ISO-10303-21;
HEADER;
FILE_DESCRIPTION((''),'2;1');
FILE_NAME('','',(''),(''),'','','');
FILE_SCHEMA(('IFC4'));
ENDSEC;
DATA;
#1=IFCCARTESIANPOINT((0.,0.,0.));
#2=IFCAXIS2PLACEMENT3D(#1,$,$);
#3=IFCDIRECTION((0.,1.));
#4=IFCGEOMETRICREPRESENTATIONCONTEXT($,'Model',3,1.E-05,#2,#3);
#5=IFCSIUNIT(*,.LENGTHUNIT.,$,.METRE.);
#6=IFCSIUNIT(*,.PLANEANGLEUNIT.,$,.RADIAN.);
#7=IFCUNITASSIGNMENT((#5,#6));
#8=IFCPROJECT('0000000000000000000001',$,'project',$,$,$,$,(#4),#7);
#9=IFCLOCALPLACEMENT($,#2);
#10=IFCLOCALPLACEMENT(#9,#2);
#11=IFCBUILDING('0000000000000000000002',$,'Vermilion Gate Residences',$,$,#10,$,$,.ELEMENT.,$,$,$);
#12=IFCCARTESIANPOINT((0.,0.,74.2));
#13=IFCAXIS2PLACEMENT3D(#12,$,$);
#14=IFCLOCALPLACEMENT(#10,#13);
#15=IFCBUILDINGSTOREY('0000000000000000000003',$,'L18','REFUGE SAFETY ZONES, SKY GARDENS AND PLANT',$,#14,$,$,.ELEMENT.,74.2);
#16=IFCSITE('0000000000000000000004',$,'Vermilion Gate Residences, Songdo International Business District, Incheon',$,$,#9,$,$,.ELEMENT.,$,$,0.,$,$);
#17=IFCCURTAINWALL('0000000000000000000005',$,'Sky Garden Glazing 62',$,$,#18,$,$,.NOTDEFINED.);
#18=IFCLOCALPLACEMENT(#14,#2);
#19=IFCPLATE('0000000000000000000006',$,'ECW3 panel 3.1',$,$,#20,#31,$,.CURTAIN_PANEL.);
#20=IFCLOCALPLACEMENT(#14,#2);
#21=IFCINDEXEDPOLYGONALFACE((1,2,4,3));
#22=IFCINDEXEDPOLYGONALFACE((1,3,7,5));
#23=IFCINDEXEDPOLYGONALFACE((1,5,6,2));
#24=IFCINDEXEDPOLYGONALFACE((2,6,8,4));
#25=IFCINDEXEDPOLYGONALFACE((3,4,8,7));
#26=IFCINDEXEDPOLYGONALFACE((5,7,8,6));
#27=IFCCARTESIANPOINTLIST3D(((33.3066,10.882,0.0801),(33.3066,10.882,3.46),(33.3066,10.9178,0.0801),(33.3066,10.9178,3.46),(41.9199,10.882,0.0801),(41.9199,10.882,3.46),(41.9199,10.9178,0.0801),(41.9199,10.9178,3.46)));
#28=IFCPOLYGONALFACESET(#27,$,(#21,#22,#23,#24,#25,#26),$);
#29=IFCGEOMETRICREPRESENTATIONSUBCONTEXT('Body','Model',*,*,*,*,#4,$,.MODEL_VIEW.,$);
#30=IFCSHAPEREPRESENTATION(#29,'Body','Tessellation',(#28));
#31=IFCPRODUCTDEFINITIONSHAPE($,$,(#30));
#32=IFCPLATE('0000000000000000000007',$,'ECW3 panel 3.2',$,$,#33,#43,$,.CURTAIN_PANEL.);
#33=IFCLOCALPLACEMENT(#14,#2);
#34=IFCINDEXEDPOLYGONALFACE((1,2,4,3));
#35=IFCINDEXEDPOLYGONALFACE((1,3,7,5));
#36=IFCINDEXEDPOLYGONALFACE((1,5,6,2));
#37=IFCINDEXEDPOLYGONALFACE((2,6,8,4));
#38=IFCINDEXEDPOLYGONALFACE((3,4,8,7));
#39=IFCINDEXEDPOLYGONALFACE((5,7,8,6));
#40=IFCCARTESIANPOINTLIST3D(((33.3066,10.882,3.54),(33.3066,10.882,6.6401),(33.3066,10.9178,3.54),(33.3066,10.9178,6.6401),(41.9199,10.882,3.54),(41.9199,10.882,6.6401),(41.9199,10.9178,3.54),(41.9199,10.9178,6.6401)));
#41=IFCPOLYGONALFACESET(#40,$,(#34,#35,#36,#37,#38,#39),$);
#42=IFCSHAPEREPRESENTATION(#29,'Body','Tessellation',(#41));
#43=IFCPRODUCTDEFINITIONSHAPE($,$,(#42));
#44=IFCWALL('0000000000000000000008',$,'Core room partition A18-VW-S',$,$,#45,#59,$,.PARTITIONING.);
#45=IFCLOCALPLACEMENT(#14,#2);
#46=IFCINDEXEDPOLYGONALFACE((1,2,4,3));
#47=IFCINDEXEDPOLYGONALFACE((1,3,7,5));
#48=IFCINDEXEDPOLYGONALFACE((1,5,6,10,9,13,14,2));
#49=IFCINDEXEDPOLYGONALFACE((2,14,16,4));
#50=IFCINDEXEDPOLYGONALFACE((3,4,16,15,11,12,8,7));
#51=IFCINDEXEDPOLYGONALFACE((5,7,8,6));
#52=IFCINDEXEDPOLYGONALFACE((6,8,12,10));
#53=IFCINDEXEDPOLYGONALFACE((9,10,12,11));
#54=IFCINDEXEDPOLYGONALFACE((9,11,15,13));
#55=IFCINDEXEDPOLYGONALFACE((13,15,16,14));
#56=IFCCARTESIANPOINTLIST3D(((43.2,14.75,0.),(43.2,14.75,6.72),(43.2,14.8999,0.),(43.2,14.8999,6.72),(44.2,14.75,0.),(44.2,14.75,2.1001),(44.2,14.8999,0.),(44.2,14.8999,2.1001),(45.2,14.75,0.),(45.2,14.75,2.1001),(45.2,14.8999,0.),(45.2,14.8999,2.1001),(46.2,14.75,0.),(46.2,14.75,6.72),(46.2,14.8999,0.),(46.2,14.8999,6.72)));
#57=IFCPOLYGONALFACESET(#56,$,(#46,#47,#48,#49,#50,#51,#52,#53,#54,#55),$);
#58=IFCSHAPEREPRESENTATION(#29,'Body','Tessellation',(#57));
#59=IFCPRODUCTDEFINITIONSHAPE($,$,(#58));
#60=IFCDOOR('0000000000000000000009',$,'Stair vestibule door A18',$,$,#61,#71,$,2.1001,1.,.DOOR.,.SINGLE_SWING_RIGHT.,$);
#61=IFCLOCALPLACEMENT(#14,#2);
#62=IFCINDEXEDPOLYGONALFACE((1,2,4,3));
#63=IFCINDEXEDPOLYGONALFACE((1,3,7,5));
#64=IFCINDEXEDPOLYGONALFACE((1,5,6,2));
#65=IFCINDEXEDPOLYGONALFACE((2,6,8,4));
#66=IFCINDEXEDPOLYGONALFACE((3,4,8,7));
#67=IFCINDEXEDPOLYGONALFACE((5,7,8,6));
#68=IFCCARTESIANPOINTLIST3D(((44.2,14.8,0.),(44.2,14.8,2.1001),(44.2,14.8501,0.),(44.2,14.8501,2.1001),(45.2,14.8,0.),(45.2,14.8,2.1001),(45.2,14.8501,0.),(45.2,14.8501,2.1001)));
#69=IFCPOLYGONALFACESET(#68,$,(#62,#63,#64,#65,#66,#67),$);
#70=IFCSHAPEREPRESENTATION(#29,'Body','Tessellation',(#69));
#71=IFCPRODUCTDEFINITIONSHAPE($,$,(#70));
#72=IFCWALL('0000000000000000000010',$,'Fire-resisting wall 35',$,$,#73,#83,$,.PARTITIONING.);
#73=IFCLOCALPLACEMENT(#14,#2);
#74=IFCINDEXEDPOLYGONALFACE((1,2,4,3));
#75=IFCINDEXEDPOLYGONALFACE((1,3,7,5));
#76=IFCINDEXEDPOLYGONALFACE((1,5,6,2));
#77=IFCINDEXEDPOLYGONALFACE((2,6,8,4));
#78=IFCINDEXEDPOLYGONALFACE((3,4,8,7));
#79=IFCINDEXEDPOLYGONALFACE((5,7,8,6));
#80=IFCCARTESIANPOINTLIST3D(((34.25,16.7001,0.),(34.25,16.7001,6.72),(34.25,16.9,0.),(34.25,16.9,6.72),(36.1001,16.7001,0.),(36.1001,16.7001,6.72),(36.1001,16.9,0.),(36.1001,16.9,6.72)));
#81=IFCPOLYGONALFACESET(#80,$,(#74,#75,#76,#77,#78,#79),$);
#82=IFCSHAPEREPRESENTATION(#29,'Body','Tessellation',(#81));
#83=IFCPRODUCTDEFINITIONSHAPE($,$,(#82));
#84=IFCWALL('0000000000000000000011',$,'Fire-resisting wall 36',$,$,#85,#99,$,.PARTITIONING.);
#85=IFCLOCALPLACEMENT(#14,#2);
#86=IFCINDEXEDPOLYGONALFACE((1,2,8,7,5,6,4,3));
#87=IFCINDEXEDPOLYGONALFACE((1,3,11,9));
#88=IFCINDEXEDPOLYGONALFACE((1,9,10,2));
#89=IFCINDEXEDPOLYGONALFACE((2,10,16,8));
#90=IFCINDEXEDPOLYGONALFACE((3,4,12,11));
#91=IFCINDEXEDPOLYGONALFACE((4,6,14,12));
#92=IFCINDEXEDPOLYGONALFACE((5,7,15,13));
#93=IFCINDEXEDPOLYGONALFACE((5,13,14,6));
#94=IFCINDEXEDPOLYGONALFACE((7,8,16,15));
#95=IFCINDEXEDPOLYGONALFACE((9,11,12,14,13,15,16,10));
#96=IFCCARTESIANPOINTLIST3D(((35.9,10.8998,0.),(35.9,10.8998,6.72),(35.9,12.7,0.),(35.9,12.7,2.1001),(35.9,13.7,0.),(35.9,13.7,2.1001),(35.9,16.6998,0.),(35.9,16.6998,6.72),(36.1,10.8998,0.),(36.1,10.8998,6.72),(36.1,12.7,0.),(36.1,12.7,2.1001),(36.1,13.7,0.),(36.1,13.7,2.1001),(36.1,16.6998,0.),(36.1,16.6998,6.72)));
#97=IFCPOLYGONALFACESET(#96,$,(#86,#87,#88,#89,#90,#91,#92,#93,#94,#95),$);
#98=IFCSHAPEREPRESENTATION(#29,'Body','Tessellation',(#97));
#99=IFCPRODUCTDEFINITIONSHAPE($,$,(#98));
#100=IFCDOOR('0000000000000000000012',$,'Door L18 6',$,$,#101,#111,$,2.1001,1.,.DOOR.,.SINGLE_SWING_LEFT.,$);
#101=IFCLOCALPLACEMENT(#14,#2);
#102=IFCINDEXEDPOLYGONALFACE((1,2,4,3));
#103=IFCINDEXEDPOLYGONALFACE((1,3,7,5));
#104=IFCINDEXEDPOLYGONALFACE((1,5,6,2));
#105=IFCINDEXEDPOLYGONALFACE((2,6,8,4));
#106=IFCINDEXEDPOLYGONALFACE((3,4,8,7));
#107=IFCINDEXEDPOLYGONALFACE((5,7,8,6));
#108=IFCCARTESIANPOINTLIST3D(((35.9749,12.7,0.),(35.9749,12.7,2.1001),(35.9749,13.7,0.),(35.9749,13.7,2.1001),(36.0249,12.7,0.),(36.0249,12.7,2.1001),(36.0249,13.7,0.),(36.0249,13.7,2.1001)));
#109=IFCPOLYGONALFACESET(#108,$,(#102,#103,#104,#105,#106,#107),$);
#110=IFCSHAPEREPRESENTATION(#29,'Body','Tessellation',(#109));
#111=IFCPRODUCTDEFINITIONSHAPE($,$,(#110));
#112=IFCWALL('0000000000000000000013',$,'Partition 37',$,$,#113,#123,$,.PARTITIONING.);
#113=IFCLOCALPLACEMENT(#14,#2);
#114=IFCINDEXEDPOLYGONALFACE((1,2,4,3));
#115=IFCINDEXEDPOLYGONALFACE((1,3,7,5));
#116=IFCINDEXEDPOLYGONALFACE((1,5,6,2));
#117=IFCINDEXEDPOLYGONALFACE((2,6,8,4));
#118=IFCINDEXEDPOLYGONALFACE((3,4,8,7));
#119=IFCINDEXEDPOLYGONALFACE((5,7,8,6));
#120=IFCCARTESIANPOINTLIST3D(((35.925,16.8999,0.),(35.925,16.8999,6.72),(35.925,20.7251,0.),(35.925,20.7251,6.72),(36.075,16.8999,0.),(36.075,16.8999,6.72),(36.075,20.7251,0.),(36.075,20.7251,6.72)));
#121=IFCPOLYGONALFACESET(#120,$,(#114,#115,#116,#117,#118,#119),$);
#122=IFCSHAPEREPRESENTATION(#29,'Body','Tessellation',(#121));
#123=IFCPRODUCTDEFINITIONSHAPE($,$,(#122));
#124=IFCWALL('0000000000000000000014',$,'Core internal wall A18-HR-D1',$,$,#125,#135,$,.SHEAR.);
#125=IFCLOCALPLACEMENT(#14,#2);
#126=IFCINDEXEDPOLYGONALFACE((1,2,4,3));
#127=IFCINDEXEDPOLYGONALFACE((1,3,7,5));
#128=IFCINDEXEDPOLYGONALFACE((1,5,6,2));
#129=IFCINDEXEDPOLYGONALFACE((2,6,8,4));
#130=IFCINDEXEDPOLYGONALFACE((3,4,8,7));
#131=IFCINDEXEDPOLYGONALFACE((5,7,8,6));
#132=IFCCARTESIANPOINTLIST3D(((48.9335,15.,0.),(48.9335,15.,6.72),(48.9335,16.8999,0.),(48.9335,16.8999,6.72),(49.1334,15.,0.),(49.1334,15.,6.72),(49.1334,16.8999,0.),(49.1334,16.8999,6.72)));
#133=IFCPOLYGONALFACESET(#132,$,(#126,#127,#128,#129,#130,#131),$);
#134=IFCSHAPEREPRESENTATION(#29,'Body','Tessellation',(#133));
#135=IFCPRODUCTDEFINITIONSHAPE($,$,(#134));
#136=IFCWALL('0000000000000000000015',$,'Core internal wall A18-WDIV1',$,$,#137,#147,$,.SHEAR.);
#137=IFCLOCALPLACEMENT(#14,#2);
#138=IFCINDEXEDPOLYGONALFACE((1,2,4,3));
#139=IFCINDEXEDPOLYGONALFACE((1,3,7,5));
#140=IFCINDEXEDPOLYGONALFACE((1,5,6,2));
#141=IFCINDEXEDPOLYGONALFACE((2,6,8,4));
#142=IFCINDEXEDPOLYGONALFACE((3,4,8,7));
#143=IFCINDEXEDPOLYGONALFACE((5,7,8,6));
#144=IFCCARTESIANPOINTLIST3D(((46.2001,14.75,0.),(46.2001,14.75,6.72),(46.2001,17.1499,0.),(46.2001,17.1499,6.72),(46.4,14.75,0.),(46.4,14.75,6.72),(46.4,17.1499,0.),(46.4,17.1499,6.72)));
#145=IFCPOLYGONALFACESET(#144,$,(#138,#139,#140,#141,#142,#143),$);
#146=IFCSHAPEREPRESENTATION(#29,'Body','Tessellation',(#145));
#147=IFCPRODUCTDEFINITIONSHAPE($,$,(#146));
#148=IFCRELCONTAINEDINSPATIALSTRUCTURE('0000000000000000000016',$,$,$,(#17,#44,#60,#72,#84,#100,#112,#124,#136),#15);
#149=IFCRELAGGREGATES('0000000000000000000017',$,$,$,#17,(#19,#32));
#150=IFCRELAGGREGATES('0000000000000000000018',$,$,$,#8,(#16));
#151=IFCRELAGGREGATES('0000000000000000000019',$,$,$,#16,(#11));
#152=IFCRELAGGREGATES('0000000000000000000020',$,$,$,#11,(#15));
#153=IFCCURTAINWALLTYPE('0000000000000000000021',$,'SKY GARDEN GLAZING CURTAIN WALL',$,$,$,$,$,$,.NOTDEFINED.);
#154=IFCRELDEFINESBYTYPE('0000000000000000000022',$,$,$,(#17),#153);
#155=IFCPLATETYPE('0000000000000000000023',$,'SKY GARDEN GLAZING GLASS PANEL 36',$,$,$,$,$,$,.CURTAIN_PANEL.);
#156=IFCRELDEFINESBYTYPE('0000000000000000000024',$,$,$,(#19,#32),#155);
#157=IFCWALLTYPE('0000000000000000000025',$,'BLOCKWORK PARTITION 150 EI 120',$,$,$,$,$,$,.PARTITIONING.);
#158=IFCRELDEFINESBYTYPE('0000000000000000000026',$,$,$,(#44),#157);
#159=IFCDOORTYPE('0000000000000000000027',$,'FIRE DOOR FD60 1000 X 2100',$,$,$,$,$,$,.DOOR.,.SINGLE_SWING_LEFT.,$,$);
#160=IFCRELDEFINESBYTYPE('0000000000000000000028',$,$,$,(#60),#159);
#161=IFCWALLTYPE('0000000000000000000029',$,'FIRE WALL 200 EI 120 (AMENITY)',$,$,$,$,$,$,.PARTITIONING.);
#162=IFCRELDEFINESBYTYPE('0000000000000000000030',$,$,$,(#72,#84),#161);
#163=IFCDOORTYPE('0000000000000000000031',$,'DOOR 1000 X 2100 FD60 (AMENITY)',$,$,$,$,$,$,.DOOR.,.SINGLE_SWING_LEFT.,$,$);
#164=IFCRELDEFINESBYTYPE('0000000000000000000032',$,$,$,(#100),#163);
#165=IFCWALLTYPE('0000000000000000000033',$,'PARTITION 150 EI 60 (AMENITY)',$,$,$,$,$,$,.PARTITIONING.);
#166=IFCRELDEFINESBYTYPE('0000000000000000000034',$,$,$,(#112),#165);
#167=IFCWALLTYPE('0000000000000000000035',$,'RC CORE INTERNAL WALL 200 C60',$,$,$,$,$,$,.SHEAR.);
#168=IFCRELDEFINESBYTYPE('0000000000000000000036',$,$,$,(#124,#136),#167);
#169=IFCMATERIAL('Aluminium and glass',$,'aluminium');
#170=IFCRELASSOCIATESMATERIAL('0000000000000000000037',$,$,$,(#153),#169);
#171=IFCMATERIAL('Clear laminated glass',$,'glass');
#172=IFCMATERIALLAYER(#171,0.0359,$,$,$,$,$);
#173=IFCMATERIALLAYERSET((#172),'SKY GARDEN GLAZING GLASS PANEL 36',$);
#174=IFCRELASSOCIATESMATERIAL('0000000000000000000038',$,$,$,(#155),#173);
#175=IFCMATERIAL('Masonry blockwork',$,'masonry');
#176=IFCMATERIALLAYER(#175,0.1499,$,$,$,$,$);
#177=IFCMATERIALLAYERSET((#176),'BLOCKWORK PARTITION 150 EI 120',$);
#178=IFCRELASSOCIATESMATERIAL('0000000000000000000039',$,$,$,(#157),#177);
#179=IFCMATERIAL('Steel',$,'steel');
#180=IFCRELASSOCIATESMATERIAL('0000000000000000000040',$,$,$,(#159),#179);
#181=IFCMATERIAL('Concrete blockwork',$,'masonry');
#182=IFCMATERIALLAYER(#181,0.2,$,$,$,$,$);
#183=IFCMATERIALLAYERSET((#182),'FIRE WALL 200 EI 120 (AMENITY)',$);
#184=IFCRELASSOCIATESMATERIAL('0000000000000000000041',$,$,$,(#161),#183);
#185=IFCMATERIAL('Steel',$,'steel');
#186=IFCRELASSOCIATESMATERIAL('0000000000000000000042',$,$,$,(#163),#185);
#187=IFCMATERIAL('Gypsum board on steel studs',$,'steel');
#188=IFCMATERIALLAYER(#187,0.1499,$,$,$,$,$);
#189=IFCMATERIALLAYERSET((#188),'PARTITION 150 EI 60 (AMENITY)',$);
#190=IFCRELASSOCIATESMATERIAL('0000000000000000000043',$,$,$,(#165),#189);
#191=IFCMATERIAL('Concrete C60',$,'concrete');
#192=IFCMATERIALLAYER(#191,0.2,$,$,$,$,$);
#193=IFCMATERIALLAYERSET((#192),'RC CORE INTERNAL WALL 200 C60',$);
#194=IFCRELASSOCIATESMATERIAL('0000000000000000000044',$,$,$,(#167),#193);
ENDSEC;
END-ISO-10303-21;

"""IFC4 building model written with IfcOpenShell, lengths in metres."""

from ifc_helpers import new_model, si_unit, direction, frame, frame_2d, origin, origin_2d, place, context, subcontext, project, spatial, rectangle, extrude, material, layer, layer_set, type_object, element, fill, aggregate, save


model = new_model("IFC4")

# Units and contexts
model_context = context("Model", 3, precision=1e-05, world=origin(), true_north=direction((0.0, 1.0)))
body_context = subcontext(model_context, "Body", "Model", "MODEL_VIEW")
ifc_project = project(units=[si_unit("LENGTHUNIT", "METRE"), si_unit("PLANEANGLEUNIT", "RADIAN")], contexts=[model_context])

# Site, building, storey
site_placement = place(None, origin())
site = spatial("IfcSite", under=ifc_project, at=site_placement, Name="Vermilion Gate Residences, Songdo International Business District, Incheon", CompositionType="ELEMENT", RefElevation=0.0)
building_placement = place(site_placement, origin())
building = spatial("IfcBuilding", under=site, at=building_placement, Name="Vermilion Gate Residences", CompositionType="ELEMENT")
storey_placement = place(building_placement, frame((0.0, 0.0, 74.2)))
storey = spatial("IfcBuildingStorey", under=building, at=storey_placement, Name="L18", Description="REFUGE SAFETY ZONES, SKY GARDENS AND PLANT", CompositionType="ELEMENT", Elevation=74.2)

# Curtain wall
ifc_material_1 = material(Name="Aluminium and glass", Category="aluminium")
curtain_wall_type = type_object("IfcCurtainWallType", Name="SKY GARDEN GLAZING CURTAIN WALL", PredefinedType="NOTDEFINED", material=ifc_material_1)
curtain_wall_placement = place(storey_placement, origin())
curtain_wall = element("IfcCurtainWall", 1, at=curtain_wall_placement, inside=storey, type_object=curtain_wall_type, Name="Sky Garden Glazing 62", PredefinedType="NOTDEFINED")

# Plates
ifc_material_2 = material(Name="Clear laminated glass", Category="glass")
ifc_layer_1 = layer(ifc_material_2, 0.0359)
ifc_layer_set_1 = layer_set([ifc_layer_1], Name="SKY GARDEN GLAZING GLASS PANEL 36")
plate_type = type_object("IfcPlateType", Name="SKY GARDEN GLAZING GLASS PANEL 36", PredefinedType="CURTAIN_PANEL", material=ifc_layer_set_1)
plate_1_placement = place(storey_placement, frame((37.6133, 10.8999, 0.0801), z_axis=(0.0, 0.0, 1.0), x_axis=(1.0, 0.0, 0.0)))
plate_1 = element("IfcPlate", 2, at=plate_1_placement, type_object=plate_type, Name="ECW3 panel 3.1", PredefinedType="CURTAIN_PANEL", context=body_context, shape_type="SweptSolid", body=[
    extrude(rectangle(XDim=8.6133, YDim=0.0359, at=origin_2d()), origin(), (0.0, 0.0, 1.0), 3.3799),
])
plate_2_placement = place(storey_placement, frame((37.6133, 10.8999, 3.54), z_axis=(0.0, 0.0, 1.0), x_axis=(1.0, 0.0, 0.0)))
plate_2 = element("IfcPlate", 3, at=plate_2_placement, type_object=plate_type, Name="ECW3 panel 3.2", PredefinedType="CURTAIN_PANEL", context=body_context, shape_type="SweptSolid", body=[
    extrude(rectangle(XDim=8.6133, YDim=0.0359, at=origin_2d()), origin(), (0.0, 0.0, 1.0), 3.1001),
])
aggregate(curtain_wall, [plate_1, plate_2])

# Wall, opening, door
ifc_material_3 = material(Name="Masonry blockwork", Category="masonry")
ifc_layer_2 = layer(ifc_material_3, 0.1499)
ifc_layer_set_2 = layer_set([ifc_layer_2], Name="BLOCKWORK PARTITION 150 EI 120")
wall_type_1 = type_object("IfcWallType", Name="BLOCKWORK PARTITION 150 EI 120", PredefinedType="PARTITIONING", material=ifc_layer_set_2)
wall_1_placement = place(storey_placement, frame((43.2, 14.825, 0.0), z_axis=(0.0, 0.0, 1.0), x_axis=(1.0, 0.0, 0.0)))
wall_1 = element("IfcWall", 4, at=wall_1_placement, inside=storey, type_object=wall_type_1, Name="Core room partition A18-VW-S", PredefinedType="PARTITIONING", context=body_context, shape_type="SweptSolid", body=[
    extrude(rectangle(XDim=3.0, YDim=0.1499, at=frame_2d((1.5, 0.0))), origin(), (0.0, 0.0, 1.0), 6.72),
])
opening_1_placement = place(wall_1_placement, frame((1.0, 0.0, 0.0)))
opening_1 = element("IfcOpeningElement", 5, at=opening_1_placement, cuts=wall_1, PredefinedType="OPENING", context=body_context, shape_type="SweptSolid", body=[
    extrude(rectangle(XDim=1.0, YDim=2.1001, at=frame_2d((0.5, 1.05))), frame((0.0, 0.085, 0.0), z_axis=(0.0, -1.0, 0.0), x_axis=(1.0, 0.0, 0.0)), (0.0, 0.0, 1.0), 0.1699),
])
ifc_material_4 = material(Name="Steel", Category="steel")
door_type_1 = type_object("IfcDoorType", Name="FIRE DOOR FD60 1000 X 2100", OperationType="SINGLE_SWING_LEFT", PredefinedType="DOOR", material=ifc_material_4)
door_1_placement = place(opening_1_placement, frame((1.0, 0.0, 0.0), z_axis=(0.0, 0.0, 1.0), x_axis=(-1.0, 0.0, 0.0)))
door_1 = element("IfcDoor", 6, at=door_1_placement, inside=storey, type_object=door_type_1, Name="Stair vestibule door A18", OperationType="SINGLE_SWING_RIGHT", OverallHeight=2.1001, OverallWidth=1.0, PredefinedType="DOOR", context=body_context, shape_type="SweptSolid", body=[
    extrude(rectangle(XDim=1.0, YDim=2.1001, at=frame_2d((0.5, 1.05))), frame((0.0, 0.0249, 0.0), z_axis=(0.0, -1.0, 0.0), x_axis=(1.0, 0.0, 0.0)), (0.0, 0.0, 1.0), 0.05),
])
fill(opening_1, door_1)

# Wall
ifc_material_5 = material(Name="Concrete blockwork", Category="masonry")
ifc_layer_3 = layer(ifc_material_5, 0.2)
ifc_layer_set_3 = layer_set([ifc_layer_3], Name="FIRE WALL 200 EI 120 (AMENITY)")
wall_type_2 = type_object("IfcWallType", Name="FIRE WALL 200 EI 120 (AMENITY)", PredefinedType="PARTITIONING", material=ifc_layer_set_3)
wall_2_placement = place(storey_placement, frame((34.25, 16.8, 0.0), z_axis=(0.0, 0.0, 1.0), x_axis=(1.0, 0.0, 0.0)))
element("IfcWall", 7, at=wall_2_placement, inside=storey, type_object=wall_type_2, Name="Fire-resisting wall 35", PredefinedType="PARTITIONING", context=body_context, shape_type="SweptSolid", body=[
    extrude(rectangle(XDim=1.8501, YDim=0.2, at=frame_2d((0.925, 0.0))), origin(), (0.0, 0.0, 1.0), 6.72),
])

# Wall, opening, door
wall_3_placement = place(storey_placement, frame((36.0, 10.8999, 0.0), z_axis=(0.0, 0.0, 1.0), x_axis=(0.0, 1.0, 0.0)))
wall_3 = element("IfcWall", 8, at=wall_3_placement, inside=storey, type_object=wall_type_2, Name="Fire-resisting wall 36", PredefinedType="PARTITIONING", context=body_context, shape_type="SweptSolid", body=[
    extrude(rectangle(XDim=5.8, YDim=0.2, at=frame_2d((2.8999, 0.0))), origin(), (0.0, 0.0, 1.0), 6.72),
])
opening_2_placement = place(wall_3_placement, frame((1.8, 0.0, 0.0)))
opening_2 = element("IfcOpeningElement", 9, at=opening_2_placement, cuts=wall_3, PredefinedType="OPENING", context=body_context, shape_type="SweptSolid", body=[
    extrude(rectangle(XDim=1.0, YDim=2.1001, at=frame_2d((0.5, 1.05))), frame((0.0, 0.1099, 0.0), z_axis=(0.0, -1.0, 0.0), x_axis=(1.0, 0.0, 0.0)), (0.0, 0.0, 1.0), 0.22),
])
ifc_material_6 = material(Name="Steel", Category="steel")
door_type_2 = type_object("IfcDoorType", Name="DOOR 1000 X 2100 FD60 (AMENITY)", OperationType="SINGLE_SWING_LEFT", PredefinedType="DOOR", material=ifc_material_6)
door_2_placement = place(opening_2_placement, frame((1.0, 0.0, 0.0), z_axis=(0.0, 0.0, 1.0), x_axis=(-1.0, 0.0, 0.0)))
door_2 = element("IfcDoor", 10, at=door_2_placement, inside=storey, type_object=door_type_2, Name="Door L18 6", OperationType="SINGLE_SWING_LEFT", OverallHeight=2.1001, OverallWidth=1.0, PredefinedType="DOOR", context=body_context, shape_type="SweptSolid", body=[
    extrude(rectangle(XDim=1.0, YDim=2.1001, at=frame_2d((0.5, 1.05))), frame((0.0, 0.0249, 0.0), z_axis=(0.0, -1.0, 0.0), x_axis=(1.0, 0.0, 0.0)), (0.0, 0.0, 1.0), 0.05),
])
fill(opening_2, door_2)

# Walls
ifc_material_7 = material(Name="Gypsum board on steel studs", Category="steel")
ifc_layer_4 = layer(ifc_material_7, 0.1499)
ifc_layer_set_4 = layer_set([ifc_layer_4], Name="PARTITION 150 EI 60 (AMENITY)")
wall_type_3 = type_object("IfcWallType", Name="PARTITION 150 EI 60 (AMENITY)", PredefinedType="PARTITIONING", material=ifc_layer_set_4)
wall_4_placement = place(storey_placement, frame((36.0, 16.8999, 0.0), z_axis=(0.0, 0.0, 1.0), x_axis=(0.0, 1.0, 0.0)))
element("IfcWall", 11, at=wall_4_placement, inside=storey, type_object=wall_type_3, Name="Partition 37", PredefinedType="PARTITIONING", context=body_context, shape_type="SweptSolid", body=[
    extrude(rectangle(XDim=3.8252, YDim=0.1499, at=frame_2d((1.9126, 0.0))), origin(), (0.0, 0.0, 1.0), 6.72),
])
ifc_material_8 = material(Name="Concrete C60", Category="concrete")
ifc_layer_5 = layer(ifc_material_8, 0.2)
ifc_layer_set_5 = layer_set([ifc_layer_5], Name="RC CORE INTERNAL WALL 200 C60")
wall_type_4 = type_object("IfcWallType", Name="RC CORE INTERNAL WALL 200 C60", PredefinedType="SHEAR", material=ifc_layer_set_5)
wall_5_placement = place(storey_placement, frame((49.0334, 15.0, 0.0), z_axis=(0.0, 0.0, 1.0), x_axis=(0.0, 1.0, 0.0)))
element("IfcWall", 12, at=wall_5_placement, inside=storey, type_object=wall_type_4, Name="Core internal wall A18-HR-D1", PredefinedType="SHEAR", context=body_context, shape_type="SweptSolid", body=[
    extrude(rectangle(XDim=1.8999, YDim=0.2, at=frame_2d((0.95, 0.0))), origin(), (0.0, 0.0, 1.0), 6.72),
])
wall_6_placement = place(storey_placement, frame((46.3, 14.75, 0.0), z_axis=(0.0, 0.0, 1.0), x_axis=(0.0, 1.0, 0.0)))
element("IfcWall", 13, at=wall_6_placement, inside=storey, type_object=wall_type_4, Name="Core internal wall A18-WDIV1", PredefinedType="SHEAR", context=body_context, shape_type="SweptSolid", body=[
    extrude(rectangle(XDim=2.3999, YDim=0.2, at=frame_2d((1.2, 0.0))), origin(), (0.0, 0.0, 1.0), 6.72),
])

save(model, "model.ifc")
